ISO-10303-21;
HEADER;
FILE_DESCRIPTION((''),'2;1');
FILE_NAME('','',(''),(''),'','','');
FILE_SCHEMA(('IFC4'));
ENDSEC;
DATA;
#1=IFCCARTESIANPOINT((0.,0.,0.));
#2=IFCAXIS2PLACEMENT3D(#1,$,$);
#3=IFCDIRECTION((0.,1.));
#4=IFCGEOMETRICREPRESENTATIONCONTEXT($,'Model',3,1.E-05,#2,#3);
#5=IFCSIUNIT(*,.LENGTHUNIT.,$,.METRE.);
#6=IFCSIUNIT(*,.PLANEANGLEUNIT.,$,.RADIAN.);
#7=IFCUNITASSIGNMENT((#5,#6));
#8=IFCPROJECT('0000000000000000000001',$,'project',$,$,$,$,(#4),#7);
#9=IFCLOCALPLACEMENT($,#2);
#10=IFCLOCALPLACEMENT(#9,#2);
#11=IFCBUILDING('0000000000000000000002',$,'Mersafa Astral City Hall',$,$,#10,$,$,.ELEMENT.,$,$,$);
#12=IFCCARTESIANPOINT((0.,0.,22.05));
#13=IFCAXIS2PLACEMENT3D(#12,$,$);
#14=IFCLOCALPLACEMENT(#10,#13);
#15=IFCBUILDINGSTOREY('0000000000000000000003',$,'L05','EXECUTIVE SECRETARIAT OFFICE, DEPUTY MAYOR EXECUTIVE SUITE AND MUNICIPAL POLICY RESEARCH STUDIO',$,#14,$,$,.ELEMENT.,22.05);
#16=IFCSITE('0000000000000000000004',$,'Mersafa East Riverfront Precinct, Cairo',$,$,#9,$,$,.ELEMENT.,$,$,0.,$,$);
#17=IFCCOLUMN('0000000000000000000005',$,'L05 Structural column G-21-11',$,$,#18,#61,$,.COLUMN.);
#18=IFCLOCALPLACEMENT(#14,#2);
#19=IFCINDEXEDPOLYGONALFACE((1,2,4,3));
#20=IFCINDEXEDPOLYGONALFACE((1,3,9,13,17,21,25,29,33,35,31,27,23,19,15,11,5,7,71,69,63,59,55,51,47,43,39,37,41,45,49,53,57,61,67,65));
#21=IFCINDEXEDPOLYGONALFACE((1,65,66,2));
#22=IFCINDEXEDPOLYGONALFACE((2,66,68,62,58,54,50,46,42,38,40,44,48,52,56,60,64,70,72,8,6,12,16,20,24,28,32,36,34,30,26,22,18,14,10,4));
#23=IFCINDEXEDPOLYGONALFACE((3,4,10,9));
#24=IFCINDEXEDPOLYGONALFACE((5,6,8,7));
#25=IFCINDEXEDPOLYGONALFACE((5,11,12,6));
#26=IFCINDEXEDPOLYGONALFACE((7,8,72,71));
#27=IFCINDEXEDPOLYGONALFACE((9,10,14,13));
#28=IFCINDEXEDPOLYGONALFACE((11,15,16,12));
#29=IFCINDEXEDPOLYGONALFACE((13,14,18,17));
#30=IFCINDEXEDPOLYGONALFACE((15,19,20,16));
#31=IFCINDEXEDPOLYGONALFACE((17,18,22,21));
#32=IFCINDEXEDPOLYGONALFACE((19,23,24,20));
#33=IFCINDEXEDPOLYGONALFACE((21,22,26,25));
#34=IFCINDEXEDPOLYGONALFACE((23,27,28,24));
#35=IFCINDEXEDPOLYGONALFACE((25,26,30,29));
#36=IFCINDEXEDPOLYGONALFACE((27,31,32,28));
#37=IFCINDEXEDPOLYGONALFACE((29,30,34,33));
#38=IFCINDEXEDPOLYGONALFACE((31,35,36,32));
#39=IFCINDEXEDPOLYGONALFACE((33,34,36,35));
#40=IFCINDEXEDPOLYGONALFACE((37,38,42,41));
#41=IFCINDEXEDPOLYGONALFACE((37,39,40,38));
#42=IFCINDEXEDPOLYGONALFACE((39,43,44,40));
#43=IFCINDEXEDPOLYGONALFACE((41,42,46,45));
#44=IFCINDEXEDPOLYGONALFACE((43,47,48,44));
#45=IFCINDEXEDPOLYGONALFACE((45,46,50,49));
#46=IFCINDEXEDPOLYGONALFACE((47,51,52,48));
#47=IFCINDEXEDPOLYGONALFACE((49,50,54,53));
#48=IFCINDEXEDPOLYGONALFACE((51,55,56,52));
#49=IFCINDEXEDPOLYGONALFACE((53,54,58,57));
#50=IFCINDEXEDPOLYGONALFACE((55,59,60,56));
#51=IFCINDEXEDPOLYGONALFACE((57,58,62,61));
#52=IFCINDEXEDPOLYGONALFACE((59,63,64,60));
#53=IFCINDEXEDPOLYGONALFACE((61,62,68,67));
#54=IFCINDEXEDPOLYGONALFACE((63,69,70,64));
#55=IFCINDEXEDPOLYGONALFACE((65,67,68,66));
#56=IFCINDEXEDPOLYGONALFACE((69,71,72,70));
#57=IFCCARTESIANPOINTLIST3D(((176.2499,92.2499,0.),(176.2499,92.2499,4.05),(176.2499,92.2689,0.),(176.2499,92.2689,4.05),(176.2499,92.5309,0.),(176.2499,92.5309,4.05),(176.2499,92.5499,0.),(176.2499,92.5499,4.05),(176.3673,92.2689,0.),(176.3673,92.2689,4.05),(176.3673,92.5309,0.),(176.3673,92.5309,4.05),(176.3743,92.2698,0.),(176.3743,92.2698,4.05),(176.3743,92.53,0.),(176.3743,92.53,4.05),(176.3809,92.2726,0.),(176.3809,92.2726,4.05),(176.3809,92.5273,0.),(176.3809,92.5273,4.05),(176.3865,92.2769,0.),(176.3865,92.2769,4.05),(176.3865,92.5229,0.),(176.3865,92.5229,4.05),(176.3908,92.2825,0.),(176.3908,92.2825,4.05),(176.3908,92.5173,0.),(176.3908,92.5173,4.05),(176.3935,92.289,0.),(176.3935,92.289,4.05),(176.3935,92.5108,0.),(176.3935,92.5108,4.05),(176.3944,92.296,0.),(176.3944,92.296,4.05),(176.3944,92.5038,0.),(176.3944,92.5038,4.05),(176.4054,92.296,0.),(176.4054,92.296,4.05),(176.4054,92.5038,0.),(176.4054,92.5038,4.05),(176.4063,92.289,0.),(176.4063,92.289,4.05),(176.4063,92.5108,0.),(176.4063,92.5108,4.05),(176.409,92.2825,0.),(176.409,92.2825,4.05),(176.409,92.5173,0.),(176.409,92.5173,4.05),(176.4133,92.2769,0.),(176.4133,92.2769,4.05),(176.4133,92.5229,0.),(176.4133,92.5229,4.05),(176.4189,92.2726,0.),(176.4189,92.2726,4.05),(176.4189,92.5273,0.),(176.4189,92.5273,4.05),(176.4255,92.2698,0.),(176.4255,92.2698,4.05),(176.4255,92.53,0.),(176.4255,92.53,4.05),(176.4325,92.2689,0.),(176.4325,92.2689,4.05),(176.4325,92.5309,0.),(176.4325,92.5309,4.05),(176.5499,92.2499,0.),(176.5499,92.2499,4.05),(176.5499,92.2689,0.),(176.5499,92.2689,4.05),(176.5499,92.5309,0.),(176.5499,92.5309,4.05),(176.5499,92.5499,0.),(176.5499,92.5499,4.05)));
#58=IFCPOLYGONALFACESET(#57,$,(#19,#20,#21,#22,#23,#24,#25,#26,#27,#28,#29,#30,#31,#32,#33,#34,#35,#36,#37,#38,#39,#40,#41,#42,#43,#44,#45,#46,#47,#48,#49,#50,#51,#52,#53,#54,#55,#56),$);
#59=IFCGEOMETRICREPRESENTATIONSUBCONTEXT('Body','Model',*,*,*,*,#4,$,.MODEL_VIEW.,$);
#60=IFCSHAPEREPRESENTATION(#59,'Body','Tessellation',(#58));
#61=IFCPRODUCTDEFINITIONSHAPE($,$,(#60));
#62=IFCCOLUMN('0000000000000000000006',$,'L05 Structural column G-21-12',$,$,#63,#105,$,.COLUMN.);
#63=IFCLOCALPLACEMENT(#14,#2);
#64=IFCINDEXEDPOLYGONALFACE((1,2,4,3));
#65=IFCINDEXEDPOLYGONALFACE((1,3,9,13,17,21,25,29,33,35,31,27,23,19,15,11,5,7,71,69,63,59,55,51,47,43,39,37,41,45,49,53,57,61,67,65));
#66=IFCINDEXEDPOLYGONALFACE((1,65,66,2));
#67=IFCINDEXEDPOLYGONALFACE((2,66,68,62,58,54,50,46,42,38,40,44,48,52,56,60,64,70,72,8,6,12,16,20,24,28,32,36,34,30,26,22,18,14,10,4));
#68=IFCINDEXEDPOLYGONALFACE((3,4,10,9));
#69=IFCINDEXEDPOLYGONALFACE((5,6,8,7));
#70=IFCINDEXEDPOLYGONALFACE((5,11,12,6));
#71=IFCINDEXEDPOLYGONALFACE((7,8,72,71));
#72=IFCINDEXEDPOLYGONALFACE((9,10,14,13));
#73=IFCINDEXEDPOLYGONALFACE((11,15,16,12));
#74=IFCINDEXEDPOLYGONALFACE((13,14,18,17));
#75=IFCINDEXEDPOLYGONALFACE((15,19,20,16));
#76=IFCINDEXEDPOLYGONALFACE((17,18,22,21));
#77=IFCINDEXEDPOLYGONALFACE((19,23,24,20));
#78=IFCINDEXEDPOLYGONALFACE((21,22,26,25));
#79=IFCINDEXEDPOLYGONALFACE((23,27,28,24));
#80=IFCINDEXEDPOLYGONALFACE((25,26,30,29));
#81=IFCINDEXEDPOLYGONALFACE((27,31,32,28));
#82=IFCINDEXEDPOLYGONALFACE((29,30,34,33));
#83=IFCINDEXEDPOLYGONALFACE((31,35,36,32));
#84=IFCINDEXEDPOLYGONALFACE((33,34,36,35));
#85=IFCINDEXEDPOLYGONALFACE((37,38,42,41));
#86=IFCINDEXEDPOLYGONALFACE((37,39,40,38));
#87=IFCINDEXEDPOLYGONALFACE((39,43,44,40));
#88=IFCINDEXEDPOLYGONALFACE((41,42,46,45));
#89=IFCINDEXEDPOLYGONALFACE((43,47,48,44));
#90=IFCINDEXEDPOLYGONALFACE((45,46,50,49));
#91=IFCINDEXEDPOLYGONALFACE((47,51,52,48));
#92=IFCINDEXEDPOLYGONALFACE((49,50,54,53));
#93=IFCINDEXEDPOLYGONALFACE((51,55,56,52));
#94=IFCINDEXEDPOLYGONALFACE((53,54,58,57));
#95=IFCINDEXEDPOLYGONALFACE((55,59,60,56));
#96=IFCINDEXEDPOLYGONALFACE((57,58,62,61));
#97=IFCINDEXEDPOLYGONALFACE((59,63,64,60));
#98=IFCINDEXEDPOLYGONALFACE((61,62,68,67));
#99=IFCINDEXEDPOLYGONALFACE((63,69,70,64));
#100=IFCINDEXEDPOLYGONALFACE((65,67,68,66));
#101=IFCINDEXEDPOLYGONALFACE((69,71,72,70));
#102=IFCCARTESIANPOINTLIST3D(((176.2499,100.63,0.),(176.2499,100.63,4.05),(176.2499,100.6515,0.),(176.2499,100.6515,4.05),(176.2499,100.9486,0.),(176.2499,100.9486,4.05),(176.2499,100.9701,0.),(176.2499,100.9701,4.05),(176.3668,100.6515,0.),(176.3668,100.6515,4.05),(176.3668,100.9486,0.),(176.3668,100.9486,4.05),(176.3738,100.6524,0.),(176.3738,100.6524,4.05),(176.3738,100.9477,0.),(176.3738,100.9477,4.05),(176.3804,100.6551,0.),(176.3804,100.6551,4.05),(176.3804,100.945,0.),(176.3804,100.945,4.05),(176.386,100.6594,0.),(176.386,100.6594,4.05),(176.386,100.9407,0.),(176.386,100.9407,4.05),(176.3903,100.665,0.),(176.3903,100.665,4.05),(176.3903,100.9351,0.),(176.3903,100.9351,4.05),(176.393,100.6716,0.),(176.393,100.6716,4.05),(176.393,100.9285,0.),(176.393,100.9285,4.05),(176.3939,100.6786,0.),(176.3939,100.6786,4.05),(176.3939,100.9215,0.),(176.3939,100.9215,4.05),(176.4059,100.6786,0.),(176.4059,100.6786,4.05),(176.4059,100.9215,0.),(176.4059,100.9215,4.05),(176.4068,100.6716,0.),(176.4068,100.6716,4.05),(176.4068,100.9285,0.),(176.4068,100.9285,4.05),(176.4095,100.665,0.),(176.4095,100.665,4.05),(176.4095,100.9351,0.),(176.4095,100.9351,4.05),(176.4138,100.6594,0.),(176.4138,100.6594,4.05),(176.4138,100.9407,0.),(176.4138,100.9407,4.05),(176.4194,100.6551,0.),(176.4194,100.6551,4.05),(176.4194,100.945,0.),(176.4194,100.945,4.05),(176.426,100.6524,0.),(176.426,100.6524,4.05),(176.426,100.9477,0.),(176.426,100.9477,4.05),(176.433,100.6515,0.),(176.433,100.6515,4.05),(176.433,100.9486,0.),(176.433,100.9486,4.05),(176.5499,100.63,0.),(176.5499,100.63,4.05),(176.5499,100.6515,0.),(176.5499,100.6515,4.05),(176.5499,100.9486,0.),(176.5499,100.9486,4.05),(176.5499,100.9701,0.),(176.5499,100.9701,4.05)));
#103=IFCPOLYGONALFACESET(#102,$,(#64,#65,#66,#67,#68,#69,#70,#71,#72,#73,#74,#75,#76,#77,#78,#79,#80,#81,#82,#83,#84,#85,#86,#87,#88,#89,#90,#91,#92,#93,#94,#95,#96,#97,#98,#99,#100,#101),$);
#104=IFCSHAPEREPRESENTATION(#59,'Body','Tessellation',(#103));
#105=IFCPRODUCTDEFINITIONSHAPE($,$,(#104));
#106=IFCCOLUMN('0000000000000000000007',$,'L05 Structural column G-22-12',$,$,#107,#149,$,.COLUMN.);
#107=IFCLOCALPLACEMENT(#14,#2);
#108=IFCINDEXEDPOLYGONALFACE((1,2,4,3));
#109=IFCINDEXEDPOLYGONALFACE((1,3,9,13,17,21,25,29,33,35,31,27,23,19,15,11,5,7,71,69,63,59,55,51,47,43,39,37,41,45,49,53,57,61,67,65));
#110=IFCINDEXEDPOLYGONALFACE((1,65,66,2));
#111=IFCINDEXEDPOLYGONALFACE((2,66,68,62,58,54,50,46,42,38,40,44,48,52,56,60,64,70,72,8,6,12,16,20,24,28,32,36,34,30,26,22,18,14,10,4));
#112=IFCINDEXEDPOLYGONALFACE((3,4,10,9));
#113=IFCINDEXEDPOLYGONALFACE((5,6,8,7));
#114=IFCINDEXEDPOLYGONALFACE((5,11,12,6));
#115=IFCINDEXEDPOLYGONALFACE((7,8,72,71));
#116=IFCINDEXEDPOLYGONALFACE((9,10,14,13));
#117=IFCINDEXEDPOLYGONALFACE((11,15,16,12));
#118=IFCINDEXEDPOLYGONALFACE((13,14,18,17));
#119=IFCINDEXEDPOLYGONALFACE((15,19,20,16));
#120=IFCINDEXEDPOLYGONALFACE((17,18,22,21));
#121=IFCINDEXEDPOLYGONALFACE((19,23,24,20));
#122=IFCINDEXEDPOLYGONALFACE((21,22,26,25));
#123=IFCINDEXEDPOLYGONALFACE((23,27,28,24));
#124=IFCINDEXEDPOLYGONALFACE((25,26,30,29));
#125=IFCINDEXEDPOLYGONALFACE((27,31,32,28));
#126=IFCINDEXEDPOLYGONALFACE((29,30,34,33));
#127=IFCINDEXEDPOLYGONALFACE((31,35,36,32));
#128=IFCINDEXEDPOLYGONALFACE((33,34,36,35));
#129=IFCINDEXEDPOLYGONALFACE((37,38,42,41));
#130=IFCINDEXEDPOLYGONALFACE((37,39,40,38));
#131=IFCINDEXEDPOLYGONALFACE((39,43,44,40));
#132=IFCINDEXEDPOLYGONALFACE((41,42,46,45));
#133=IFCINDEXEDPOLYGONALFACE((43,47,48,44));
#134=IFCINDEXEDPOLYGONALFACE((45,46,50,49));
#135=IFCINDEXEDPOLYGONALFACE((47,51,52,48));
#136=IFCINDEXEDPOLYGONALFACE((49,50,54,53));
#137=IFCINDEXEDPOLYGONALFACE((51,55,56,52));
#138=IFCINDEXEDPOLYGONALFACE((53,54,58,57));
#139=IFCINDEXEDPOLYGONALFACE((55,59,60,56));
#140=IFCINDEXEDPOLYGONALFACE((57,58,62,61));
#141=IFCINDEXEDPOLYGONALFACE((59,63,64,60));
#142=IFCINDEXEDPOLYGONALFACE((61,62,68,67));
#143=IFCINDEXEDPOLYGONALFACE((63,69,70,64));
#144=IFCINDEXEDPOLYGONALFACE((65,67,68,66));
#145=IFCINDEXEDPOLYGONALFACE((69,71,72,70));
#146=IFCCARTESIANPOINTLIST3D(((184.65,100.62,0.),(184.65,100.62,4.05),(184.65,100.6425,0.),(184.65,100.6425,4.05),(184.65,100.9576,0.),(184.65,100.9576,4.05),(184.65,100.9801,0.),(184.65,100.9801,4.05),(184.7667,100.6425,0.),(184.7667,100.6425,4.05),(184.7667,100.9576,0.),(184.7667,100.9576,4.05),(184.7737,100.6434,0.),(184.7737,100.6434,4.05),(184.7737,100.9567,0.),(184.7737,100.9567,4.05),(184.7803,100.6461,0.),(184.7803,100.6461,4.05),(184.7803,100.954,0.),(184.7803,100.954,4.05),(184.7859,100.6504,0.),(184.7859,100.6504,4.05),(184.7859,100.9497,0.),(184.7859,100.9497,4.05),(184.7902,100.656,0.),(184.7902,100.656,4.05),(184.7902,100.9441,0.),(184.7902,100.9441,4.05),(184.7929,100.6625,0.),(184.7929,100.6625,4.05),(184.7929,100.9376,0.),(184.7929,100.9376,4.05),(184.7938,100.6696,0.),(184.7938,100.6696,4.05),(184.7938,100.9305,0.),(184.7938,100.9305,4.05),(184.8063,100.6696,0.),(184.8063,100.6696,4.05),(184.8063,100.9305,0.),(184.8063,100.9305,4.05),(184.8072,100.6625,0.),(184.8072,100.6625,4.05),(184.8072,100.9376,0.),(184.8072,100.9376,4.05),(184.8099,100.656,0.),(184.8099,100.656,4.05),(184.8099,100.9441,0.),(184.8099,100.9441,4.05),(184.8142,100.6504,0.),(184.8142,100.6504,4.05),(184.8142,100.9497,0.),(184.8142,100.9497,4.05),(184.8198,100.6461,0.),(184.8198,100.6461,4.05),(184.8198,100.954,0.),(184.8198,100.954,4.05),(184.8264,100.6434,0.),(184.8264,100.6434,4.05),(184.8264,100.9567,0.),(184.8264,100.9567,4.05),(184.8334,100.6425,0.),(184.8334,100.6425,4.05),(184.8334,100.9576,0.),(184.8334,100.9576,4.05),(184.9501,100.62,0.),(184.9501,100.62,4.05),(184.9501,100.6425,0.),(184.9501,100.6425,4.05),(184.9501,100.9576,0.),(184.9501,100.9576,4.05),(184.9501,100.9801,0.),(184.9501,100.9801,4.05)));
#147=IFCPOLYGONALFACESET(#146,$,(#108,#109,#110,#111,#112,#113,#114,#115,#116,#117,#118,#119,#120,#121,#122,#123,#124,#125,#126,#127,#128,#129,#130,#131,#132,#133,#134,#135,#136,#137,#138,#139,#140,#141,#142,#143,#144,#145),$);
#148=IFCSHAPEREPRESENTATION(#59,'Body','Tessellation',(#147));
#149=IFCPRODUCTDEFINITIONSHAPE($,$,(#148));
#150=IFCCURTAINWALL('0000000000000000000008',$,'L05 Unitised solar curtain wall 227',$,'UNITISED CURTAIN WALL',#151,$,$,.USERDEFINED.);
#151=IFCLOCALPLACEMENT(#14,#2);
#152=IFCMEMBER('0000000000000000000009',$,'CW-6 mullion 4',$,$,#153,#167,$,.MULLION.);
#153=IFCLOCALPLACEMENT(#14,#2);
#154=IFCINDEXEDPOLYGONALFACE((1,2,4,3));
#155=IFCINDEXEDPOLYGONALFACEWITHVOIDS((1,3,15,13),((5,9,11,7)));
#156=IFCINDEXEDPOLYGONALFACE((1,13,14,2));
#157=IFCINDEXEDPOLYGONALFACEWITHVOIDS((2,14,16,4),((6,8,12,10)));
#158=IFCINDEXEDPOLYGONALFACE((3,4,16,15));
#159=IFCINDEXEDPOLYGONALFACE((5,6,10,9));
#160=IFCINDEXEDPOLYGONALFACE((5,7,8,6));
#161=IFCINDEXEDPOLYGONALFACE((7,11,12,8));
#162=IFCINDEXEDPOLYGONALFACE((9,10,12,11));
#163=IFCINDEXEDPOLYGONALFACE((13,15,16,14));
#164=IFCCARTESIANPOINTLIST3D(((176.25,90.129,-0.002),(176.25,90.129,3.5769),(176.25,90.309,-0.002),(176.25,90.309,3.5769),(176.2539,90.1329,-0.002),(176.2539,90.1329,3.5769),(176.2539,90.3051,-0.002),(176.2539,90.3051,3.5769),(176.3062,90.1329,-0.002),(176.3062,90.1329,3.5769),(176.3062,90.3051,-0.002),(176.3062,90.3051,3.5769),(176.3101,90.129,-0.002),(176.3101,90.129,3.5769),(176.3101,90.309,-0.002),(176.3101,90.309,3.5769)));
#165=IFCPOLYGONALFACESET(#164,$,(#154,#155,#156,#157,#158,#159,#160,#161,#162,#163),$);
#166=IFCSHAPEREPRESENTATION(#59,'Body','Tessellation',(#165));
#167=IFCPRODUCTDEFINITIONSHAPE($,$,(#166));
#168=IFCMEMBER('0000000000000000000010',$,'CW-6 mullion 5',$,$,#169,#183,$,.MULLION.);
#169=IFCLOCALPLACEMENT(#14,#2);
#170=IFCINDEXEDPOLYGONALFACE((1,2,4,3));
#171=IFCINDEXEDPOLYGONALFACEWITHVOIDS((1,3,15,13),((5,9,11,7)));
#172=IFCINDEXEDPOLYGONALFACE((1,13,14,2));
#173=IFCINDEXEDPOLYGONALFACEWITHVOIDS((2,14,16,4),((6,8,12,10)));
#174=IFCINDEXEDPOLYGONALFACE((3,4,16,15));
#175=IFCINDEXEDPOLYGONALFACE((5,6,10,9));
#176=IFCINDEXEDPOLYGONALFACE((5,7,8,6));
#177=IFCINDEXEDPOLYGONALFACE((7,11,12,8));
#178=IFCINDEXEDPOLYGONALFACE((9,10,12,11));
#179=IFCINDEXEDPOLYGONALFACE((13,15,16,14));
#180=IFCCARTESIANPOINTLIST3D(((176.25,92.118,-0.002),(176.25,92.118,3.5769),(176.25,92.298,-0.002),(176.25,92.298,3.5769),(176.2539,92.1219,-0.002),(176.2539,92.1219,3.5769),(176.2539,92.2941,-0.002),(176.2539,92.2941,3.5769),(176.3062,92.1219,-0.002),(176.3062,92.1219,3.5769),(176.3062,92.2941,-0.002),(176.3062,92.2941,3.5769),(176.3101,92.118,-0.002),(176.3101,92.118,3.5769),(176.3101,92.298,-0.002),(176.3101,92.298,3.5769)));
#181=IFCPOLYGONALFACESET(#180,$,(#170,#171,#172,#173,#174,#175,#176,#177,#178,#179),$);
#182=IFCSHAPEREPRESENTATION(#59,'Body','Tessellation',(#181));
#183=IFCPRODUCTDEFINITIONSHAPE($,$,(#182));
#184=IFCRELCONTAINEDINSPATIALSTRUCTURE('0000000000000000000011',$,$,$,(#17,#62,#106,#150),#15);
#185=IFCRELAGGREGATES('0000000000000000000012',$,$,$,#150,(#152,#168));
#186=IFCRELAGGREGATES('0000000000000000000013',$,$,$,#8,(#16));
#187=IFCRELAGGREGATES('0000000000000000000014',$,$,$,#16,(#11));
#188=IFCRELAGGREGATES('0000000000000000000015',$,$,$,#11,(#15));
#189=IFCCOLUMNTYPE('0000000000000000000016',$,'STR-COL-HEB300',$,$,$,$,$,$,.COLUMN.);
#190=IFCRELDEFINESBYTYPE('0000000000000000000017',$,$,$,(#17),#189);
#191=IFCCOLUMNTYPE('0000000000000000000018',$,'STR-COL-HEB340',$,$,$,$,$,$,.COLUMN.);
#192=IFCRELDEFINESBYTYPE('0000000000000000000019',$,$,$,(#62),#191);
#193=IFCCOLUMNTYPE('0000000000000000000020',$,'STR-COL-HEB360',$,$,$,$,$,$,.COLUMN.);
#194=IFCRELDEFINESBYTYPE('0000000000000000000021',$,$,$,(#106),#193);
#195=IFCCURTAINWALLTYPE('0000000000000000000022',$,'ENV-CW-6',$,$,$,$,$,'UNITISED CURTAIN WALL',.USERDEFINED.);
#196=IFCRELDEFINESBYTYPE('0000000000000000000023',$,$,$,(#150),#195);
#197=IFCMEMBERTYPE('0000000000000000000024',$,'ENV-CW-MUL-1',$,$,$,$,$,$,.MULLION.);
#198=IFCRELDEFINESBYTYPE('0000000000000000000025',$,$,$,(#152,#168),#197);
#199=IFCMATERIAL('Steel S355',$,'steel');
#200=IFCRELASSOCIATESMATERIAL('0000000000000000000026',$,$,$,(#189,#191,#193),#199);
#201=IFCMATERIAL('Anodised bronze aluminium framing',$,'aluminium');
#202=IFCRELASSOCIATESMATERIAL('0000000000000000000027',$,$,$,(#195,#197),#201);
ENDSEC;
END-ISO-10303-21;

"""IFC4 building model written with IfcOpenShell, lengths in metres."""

from ifc_helpers import new_model, si_unit, direction, frame, origin, origin_2d, place, context, subcontext, project, spatial, hollow_rectangle, i_section, extrude, material, material_profile, profile_set, type_object, element, aggregate, save


model = new_model("IFC4")

# Units and contexts
model_context = context("Model", 3, precision=1e-05, world=origin(), true_north=direction((0.0, 1.0)))
body_context = subcontext(model_context, "Body", "Model", "MODEL_VIEW")
ifc_project = project(units=[si_unit("LENGTHUNIT", "METRE"), si_unit("PLANEANGLEUNIT", "RADIAN")], contexts=[model_context])

# Site, building, storey
site_placement = place(None, origin())
site = spatial("IfcSite", under=ifc_project, at=site_placement, Name="Mersafa East Riverfront Precinct, Cairo", CompositionType="ELEMENT", RefElevation=0.0)
building_placement = place(site_placement, origin())
building = spatial("IfcBuilding", under=site, at=building_placement, Name="Mersafa Astral City Hall", CompositionType="ELEMENT")
storey_placement = place(building_placement, frame((0.0, 0.0, 22.05)))
storey = spatial("IfcBuildingStorey", under=building, at=storey_placement, Name="L05", Description="EXECUTIVE SECRETARIAT OFFICE, DEPUTY MAYOR EXECUTIVE SUITE AND MUNICIPAL POLICY RESEARCH STUDIO", CompositionType="ELEMENT", Elevation=22.05)

# Columns
ifc_material_1 = material(Name="Steel S355", Category="steel")
ifc_material_profile_1 = material_profile(ifc_material_1, i_section(OverallWidth=0.3, OverallDepth=0.3, WebThickness=0.011, FlangeThickness=0.019, FilletRadius=0.0271, at=origin_2d()), Name="HEB 300")
ifc_profile_set_1 = profile_set([ifc_material_profile_1], Name="Steel S355")
column_type_1 = type_object("IfcColumnType", Name="STR-COL-HEB300", PredefinedType="COLUMN", material=ifc_profile_set_1)
column_1_placement = place(storey_placement, frame((176.3999, 92.3999, 0.0), z_axis=(0.0, 0.0, 1.0), x_axis=(1.0, 0.0, 0.0)))
element("IfcColumn", 1, at=column_1_placement, inside=storey, type_object=column_type_1, Name="L05 Structural column G-21-11", PredefinedType="COLUMN", context=body_context, shape_type="SweptSolid", body=[
    extrude(i_section(OverallWidth=0.3, OverallDepth=0.3, WebThickness=0.011, FlangeThickness=0.019, FilletRadius=0.0271, at=origin_2d()), origin(), (0.0, 0.0, 1.0), 4.05),
])
ifc_material_profile_2 = material_profile(ifc_material_1, i_section(OverallWidth=0.3, OverallDepth=0.3401, WebThickness=0.012, FlangeThickness=0.0215, FilletRadius=0.0271, at=origin_2d()), Name="HEB 340")
ifc_profile_set_2 = profile_set([ifc_material_profile_2], Name="Steel S355")
column_type_2 = type_object("IfcColumnType", Name="STR-COL-HEB340", PredefinedType="COLUMN", material=ifc_profile_set_2)
column_2_placement = place(storey_placement, frame((176.3999, 100.8, 0.0), z_axis=(0.0, 0.0, 1.0), x_axis=(1.0, 0.0, 0.0)))
element("IfcColumn", 2, at=column_2_placement, inside=storey, type_object=column_type_2, Name="L05 Structural column G-21-12", PredefinedType="COLUMN", context=body_context, shape_type="SweptSolid", body=[
    extrude(i_section(OverallWidth=0.3, OverallDepth=0.3401, WebThickness=0.012, FlangeThickness=0.0215, FilletRadius=0.0271, at=origin_2d()), origin(), (0.0, 0.0, 1.0), 4.05),
])
ifc_material_profile_3 = material_profile(ifc_material_1, i_section(OverallWidth=0.3, OverallDepth=0.3601, WebThickness=0.0125, FlangeThickness=0.0225, FilletRadius=0.0271, at=origin_2d()), Name="HEB 360")
ifc_profile_set_3 = profile_set([ifc_material_profile_3], Name="Steel S355")
column_type_3 = type_object("IfcColumnType", Name="STR-COL-HEB360", PredefinedType="COLUMN", material=ifc_profile_set_3)
column_3_placement = place(storey_placement, frame((184.8, 100.8, 0.0), z_axis=(0.0, 0.0, 1.0), x_axis=(1.0, 0.0, 0.0)))
element("IfcColumn", 3, at=column_3_placement, inside=storey, type_object=column_type_3, Name="L05 Structural column G-22-12", PredefinedType="COLUMN", context=body_context, shape_type="SweptSolid", body=[
    extrude(i_section(OverallWidth=0.3, OverallDepth=0.3601, WebThickness=0.0125, FlangeThickness=0.0225, FilletRadius=0.0271, at=origin_2d()), origin(), (0.0, 0.0, 1.0), 4.05),
])

# Curtain wall, members
ifc_material_2 = material(Name="Anodised bronze aluminium framing", Category="aluminium")
curtain_wall_type = type_object("IfcCurtainWallType", Name="ENV-CW-6", ElementType="UNITISED CURTAIN WALL", PredefinedType="USERDEFINED", material=ifc_material_2)
curtain_wall_placement = place(storey_placement, origin())
curtain_wall = element("IfcCurtainWall", 4, at=curtain_wall_placement, inside=storey, type_object=curtain_wall_type, Name="L05 Unitised solar curtain wall 227", ObjectType="UNITISED CURTAIN WALL", PredefinedType="USERDEFINED")
ifc_material_profile_4 = material_profile(ifc_material_2, hollow_rectangle(XDim=0.0601, YDim=0.1799, WallThickness=0.0039, at=origin_2d()), Name="RHS 60x180x4")
ifc_profile_set_4 = profile_set([ifc_material_profile_4], Name="Anodised bronze aluminium framing")
member_type_1 = type_object("IfcMemberType", Name="ENV-CW-MUL-1", PredefinedType="MULLION", material=ifc_profile_set_4)
member_1_placement = place(storey_placement, frame((176.28, 90.219, -0.002), z_axis=(0.0, 0.0, 1.0), x_axis=(-1.0, 0.0, 0.0)))
member_1 = element("IfcMember", 5, at=member_1_placement, type_object=member_type_1, Name="CW-6 mullion 4", PredefinedType="MULLION", context=body_context, shape_type="SweptSolid", body=[
    extrude(hollow_rectangle(XDim=0.0601, YDim=0.1799, WallThickness=0.0039, at=origin_2d()), origin(), (0.0, 0.0, 1.0), 3.5789),
])
member_2_placement = place(storey_placement, frame((176.28, 92.208, -0.002), z_axis=(0.0, 0.0, 1.0), x_axis=(-1.0, 0.0, 0.0)))
member_2 = element("IfcMember", 6, at=member_2_placement, type_object=member_type_1, Name="CW-6 mullion 5", PredefinedType="MULLION", context=body_context, shape_type="SweptSolid", body=[
    extrude(hollow_rectangle(XDim=0.0601, YDim=0.1799, WallThickness=0.0039, at=origin_2d()), origin(), (0.0, 0.0, 1.0), 3.5789),
])

aggregate(curtain_wall, [member_1, member_2])

save(model, "model.ifc")
